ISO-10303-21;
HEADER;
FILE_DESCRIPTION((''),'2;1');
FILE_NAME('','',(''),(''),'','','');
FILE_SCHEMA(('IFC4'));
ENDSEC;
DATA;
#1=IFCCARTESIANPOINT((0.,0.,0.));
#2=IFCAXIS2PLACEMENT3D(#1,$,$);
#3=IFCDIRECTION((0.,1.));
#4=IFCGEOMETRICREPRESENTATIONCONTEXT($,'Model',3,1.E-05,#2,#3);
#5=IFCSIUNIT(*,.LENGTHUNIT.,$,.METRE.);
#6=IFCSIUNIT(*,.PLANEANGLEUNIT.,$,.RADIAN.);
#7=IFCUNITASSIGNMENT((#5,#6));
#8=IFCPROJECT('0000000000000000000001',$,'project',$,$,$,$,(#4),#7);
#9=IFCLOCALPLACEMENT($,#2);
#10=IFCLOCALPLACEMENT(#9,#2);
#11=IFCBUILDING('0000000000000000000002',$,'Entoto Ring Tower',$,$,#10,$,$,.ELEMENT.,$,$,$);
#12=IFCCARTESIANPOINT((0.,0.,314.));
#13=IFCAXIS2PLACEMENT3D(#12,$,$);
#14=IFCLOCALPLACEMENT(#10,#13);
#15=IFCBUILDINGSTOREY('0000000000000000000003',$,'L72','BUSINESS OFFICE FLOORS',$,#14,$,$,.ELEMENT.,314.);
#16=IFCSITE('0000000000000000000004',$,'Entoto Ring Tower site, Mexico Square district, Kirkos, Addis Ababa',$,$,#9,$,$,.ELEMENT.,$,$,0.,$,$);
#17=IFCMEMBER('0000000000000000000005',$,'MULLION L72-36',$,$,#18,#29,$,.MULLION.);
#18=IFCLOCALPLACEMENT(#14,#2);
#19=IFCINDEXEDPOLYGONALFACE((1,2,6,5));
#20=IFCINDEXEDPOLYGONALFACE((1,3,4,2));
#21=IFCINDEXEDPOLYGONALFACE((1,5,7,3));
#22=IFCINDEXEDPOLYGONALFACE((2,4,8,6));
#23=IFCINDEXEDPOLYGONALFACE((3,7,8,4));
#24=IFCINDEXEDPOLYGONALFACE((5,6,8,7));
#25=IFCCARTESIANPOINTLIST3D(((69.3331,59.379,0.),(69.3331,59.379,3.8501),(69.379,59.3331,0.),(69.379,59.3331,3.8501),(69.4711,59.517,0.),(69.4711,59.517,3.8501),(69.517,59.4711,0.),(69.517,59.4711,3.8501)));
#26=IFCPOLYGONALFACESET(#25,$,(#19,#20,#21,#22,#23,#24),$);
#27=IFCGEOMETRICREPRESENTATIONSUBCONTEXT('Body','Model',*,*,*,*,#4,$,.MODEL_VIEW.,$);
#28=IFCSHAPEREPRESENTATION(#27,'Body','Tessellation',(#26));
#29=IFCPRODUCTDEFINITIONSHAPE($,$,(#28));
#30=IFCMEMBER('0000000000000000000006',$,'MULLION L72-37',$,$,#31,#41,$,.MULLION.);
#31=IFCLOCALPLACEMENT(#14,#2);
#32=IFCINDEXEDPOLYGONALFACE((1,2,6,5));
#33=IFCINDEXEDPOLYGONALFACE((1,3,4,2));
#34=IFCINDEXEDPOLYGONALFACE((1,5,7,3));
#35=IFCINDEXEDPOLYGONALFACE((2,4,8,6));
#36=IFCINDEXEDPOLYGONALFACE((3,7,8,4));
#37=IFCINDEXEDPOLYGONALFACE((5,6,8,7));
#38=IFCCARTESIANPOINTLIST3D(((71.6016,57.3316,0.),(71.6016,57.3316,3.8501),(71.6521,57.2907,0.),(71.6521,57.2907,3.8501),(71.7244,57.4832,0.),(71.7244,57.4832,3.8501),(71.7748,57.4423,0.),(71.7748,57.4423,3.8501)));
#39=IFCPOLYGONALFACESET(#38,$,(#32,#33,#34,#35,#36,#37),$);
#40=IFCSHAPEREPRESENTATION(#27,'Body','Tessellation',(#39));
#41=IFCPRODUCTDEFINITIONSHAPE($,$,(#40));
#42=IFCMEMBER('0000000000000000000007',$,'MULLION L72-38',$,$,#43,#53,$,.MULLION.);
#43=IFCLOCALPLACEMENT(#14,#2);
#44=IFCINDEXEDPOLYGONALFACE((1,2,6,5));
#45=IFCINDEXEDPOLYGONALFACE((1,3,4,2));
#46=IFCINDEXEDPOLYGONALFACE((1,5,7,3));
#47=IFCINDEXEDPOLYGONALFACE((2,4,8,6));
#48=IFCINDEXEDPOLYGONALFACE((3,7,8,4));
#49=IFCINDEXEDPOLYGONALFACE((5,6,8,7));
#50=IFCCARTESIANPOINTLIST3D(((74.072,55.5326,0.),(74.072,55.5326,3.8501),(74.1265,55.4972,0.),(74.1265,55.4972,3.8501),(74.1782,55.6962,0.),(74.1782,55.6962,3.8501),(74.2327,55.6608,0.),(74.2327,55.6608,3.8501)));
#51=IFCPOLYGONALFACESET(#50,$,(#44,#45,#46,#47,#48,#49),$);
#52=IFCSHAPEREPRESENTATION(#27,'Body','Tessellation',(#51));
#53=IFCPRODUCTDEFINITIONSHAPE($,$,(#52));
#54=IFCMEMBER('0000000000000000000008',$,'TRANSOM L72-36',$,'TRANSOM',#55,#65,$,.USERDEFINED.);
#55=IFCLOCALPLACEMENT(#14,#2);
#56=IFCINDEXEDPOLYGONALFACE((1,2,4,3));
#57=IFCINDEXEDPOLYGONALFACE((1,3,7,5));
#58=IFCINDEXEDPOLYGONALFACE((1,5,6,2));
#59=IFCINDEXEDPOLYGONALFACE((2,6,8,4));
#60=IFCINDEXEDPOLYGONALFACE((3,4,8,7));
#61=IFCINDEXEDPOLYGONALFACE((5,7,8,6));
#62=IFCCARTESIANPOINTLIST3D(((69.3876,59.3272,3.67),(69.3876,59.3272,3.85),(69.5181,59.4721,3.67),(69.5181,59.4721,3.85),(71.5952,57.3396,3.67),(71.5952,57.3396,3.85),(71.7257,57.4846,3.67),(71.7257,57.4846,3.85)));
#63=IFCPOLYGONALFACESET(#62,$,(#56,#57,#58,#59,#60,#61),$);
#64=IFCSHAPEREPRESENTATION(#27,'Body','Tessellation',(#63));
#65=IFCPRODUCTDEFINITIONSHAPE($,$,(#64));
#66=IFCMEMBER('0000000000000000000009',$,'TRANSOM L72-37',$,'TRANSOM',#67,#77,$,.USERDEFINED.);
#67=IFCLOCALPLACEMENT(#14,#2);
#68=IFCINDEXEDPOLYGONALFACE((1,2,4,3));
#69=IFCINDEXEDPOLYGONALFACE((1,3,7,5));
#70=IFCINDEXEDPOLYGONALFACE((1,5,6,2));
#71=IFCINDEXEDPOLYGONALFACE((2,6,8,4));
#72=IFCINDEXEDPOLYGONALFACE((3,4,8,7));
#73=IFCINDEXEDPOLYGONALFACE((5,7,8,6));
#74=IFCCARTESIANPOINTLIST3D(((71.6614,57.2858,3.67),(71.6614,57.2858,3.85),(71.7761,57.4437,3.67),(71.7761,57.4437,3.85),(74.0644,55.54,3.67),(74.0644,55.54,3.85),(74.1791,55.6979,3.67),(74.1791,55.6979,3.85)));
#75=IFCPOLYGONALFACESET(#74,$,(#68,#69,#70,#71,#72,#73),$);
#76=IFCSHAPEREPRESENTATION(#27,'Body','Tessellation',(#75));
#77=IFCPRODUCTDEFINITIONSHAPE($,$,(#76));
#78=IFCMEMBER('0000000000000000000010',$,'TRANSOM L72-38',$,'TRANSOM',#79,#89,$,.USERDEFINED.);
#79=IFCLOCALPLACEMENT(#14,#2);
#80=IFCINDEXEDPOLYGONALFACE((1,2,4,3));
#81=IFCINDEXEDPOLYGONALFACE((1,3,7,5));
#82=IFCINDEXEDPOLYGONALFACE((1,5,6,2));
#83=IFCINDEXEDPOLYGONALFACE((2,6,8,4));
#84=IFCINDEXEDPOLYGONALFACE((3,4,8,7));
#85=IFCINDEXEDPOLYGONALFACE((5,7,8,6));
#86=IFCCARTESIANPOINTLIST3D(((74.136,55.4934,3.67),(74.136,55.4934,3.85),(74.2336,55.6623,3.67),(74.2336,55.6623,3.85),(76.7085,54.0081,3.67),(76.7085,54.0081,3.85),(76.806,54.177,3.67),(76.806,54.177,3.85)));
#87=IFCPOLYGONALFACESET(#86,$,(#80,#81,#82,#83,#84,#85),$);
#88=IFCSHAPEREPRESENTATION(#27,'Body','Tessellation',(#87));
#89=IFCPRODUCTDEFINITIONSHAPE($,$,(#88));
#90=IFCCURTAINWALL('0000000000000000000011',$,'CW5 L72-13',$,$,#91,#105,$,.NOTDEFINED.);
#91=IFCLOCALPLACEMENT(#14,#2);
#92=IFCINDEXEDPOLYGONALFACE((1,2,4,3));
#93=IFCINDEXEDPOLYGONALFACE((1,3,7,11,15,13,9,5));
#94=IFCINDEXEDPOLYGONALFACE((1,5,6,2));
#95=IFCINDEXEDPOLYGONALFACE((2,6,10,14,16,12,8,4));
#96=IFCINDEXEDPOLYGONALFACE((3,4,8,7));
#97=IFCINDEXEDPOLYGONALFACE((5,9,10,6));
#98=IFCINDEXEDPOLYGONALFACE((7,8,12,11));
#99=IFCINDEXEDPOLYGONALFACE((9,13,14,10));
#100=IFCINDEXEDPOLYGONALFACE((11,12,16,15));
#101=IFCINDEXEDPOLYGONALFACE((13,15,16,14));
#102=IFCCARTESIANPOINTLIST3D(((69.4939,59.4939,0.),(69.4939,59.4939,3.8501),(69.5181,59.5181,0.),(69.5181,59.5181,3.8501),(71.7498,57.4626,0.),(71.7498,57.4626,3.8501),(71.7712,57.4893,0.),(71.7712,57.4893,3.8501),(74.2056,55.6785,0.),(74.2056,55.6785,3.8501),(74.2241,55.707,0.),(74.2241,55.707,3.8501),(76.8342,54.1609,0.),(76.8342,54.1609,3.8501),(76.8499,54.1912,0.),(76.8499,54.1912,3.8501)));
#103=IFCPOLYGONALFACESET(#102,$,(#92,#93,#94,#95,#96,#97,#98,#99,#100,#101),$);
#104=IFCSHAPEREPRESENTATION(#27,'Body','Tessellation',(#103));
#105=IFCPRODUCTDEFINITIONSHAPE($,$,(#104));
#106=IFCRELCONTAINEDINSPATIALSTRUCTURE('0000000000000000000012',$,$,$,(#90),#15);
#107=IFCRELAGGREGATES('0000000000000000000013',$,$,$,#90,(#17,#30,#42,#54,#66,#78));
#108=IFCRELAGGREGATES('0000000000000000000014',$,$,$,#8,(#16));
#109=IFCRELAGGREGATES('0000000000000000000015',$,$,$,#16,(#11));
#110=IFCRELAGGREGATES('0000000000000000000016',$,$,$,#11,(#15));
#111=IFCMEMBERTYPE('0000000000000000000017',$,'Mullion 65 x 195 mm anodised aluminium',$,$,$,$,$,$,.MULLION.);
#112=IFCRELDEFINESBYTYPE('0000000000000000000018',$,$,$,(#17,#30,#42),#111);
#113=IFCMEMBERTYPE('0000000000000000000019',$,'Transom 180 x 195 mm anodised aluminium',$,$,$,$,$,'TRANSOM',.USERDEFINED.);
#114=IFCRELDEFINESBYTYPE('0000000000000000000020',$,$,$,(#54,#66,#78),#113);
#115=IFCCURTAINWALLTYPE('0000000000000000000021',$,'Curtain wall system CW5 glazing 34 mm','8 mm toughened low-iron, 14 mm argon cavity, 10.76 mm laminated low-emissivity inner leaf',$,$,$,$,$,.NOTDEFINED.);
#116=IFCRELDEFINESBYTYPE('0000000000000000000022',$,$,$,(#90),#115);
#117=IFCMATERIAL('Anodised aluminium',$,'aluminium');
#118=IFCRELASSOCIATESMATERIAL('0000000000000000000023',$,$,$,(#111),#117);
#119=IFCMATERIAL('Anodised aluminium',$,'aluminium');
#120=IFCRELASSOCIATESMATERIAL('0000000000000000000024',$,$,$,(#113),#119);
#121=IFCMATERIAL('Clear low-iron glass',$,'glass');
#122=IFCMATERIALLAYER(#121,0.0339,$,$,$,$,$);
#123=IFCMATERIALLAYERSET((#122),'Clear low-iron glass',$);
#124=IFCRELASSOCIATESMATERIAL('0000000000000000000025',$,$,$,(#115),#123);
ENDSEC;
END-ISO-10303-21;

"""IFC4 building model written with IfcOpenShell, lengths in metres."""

from ifc_helpers import new_model, si_unit, direction, frame, origin, origin_2d, place, context, subcontext, project, spatial, polyline, rectangle, outline, extrude, material, layer, layer_set, material_profile, profile_set, type_object, element, aggregate, save


model = new_model("IFC4")

# Units and contexts
model_context = context("Model", 3, precision=1e-05, world=origin(), true_north=direction((0.0, 1.0)))
body_context = subcontext(model_context, "Body", "Model", "MODEL_VIEW")
ifc_project = project(units=[si_unit("LENGTHUNIT", "METRE"), si_unit("PLANEANGLEUNIT", "RADIAN")], contexts=[model_context])

# Members
ifc_material_1 = material(Name="Anodised aluminium", Category="aluminium")
ifc_material_profile_1 = material_profile(ifc_material_1, rectangle(XDim=0.0649, YDim=0.1951, at=origin_2d()), Name="Mullion 65 x 195 mm anodised aluminium")
ifc_profile_set_1 = profile_set([ifc_material_profile_1], Name="Anodised aluminium")
member_type_1 = type_object("IfcMemberType", Name="Mullion 65 x 195 mm anodised aluminium", PredefinedType="MULLION", material=ifc_profile_set_1)
site_placement = place(None, origin())
building_placement = place(site_placement, origin())
storey_placement = place(building_placement, frame((0.0, 0.0, 314.0)))
member_1_placement = place(storey_placement, frame((69.425, 59.425, 0.0), z_axis=(0.0, 0.0, 1.0), x_axis=(0.707107, -0.707107, 0.0)))
member_1 = element("IfcMember", 1, at=member_1_placement, type_object=member_type_1, Name="MULLION L72-36", PredefinedType="MULLION", context=body_context, shape_type="SweptSolid", body=[
    extrude(rectangle(XDim=0.0649, YDim=0.1951, at=origin_2d()), origin(), (0.0, 0.0, 1.0), 3.8501),
])
member_2_placement = place(storey_placement, frame((71.6882, 57.387, 0.0), z_axis=(0.0, 0.0, 1.0), x_axis=(0.777146, -0.62932, 0.0)))
member_2 = element("IfcMember", 2, at=member_2_placement, type_object=member_type_1, Name="MULLION L72-37", PredefinedType="MULLION", context=body_context, shape_type="SweptSolid", body=[
    extrude(rectangle(XDim=0.0649, YDim=0.1951, at=origin_2d()), origin(), (0.0, 0.0, 1.0), 3.8501),
])
member_3_placement = place(storey_placement, frame((74.1523, 55.5967, 0.0), z_axis=(0.0, 0.0, 1.0), x_axis=(0.838671, -0.544639, 0.0)))
member_3 = element("IfcMember", 3, at=member_3_placement, type_object=member_type_1, Name="MULLION L72-38", PredefinedType="MULLION", context=body_context, shape_type="SweptSolid", body=[
    extrude(rectangle(XDim=0.0649, YDim=0.1951, at=origin_2d()), origin(), (0.0, 0.0, 1.0), 3.8501),
])
ifc_material_2 = material(Name="Anodised aluminium", Category="aluminium")
ifc_material_profile_2 = material_profile(ifc_material_2, rectangle(XDim=0.1951, YDim=0.1799, at=origin_2d()), Name="Transom 180 x 195 mm anodised aluminium")
ifc_profile_set_2 = profile_set([ifc_material_profile_2], Name="Anodised aluminium")
member_type_2 = type_object("IfcMemberType", Name="Transom 180 x 195 mm anodised aluminium", ElementType="TRANSOM", PredefinedType="USERDEFINED", material=ifc_profile_set_2)
member_4_placement = place(storey_placement, frame((69.4529, 59.3997, 3.76), z_axis=(0.743163, -0.66911, 0.0), x_axis=(0.66911, 0.743163, 0.0)))
member_4 = element("IfcMember", 4, at=member_4_placement, type_object=member_type_2, Name="TRANSOM L72-36", ObjectType="TRANSOM", PredefinedType="USERDEFINED", context=body_context, shape_type="SweptSolid", body=[
    extrude(rectangle(XDim=0.1951, YDim=0.1799, at=origin_2d()), origin(), (0.0, 0.0, 1.0), 2.9705),
])
member_5_placement = place(storey_placement, frame((71.7188, 57.3647, 3.76), z_axis=(0.809031, -0.587766, 0.0), x_axis=(0.587766, 0.809031, 0.0)))
member_5 = element("IfcMember", 5, at=member_5_placement, type_object=member_type_2, Name="TRANSOM L72-37", ObjectType="TRANSOM", PredefinedType="USERDEFINED", context=body_context, shape_type="SweptSolid", body=[
    extrude(rectangle(XDim=0.1951, YDim=0.1799, at=origin_2d()), origin(), (0.0, 0.0, 1.0), 2.9702),
])
member_6_placement = place(storey_placement, frame((74.1848, 55.5779, 3.76), z_axis=(0.866009, -0.500028, 0.0), x_axis=(0.500028, 0.866009, 0.0)))
member_6 = element("IfcMember", 6, at=member_6_placement, type_object=member_type_2, Name="TRANSOM L72-38", ObjectType="TRANSOM", PredefinedType="USERDEFINED", context=body_context, shape_type="SweptSolid", body=[
    extrude(rectangle(XDim=0.1951, YDim=0.1799, at=origin_2d()), origin(), (0.0, 0.0, 1.0), 2.9705),
])

# Site, building, storey
site = spatial("IfcSite", under=ifc_project, at=site_placement, Name="Entoto Ring Tower site, Mexico Square district, Kirkos, Addis Ababa", CompositionType="ELEMENT", RefElevation=0.0)
building = spatial("IfcBuilding", under=site, at=building_placement, Name="Entoto Ring Tower", CompositionType="ELEMENT")
storey = spatial("IfcBuildingStorey", under=building, at=storey_placement, Name="L72", Description="BUSINESS OFFICE FLOORS", CompositionType="ELEMENT", Elevation=314.0)

# Curtain wall
ifc_material_3 = material(Name="Clear low-iron glass", Category="glass")
ifc_layer = layer(ifc_material_3, 0.0339)
ifc_layer_set = layer_set([ifc_layer], Name="Clear low-iron glass")
curtain_wall_type = type_object("IfcCurtainWallType", Name="Curtain wall system CW5 glazing 34 mm", Description="8 mm toughened low-iron, 14 mm argon cavity, 10.76 mm laminated low-emissivity inner leaf", PredefinedType="NOTDEFINED", material=ifc_layer_set)
curtain_wall_1_placement = place(storey_placement, origin())
curtain_wall_1 = element("IfcCurtainWall", 7, at=curtain_wall_1_placement, inside=storey, type_object=curtain_wall_type, Name="CW5 L72-13", PredefinedType="NOTDEFINED", context=body_context, shape_type="SweptSolid", body=[
    extrude(outline(polyline([(69.4939, 59.4939), (71.7498, 57.4626), (74.2056, 55.6785), (76.8342, 54.1609), (76.8499, 54.1912), (74.2241, 55.707), (71.7712, 57.4893), (69.5181, 59.5181), (69.4939, 59.4939)])), origin(), (0.0, 0.0, 1.0), 3.8501),
])
aggregate(curtain_wall_1, [member_1, member_2, member_3, member_4, member_5, member_6])

save(model, "model.ifc")
